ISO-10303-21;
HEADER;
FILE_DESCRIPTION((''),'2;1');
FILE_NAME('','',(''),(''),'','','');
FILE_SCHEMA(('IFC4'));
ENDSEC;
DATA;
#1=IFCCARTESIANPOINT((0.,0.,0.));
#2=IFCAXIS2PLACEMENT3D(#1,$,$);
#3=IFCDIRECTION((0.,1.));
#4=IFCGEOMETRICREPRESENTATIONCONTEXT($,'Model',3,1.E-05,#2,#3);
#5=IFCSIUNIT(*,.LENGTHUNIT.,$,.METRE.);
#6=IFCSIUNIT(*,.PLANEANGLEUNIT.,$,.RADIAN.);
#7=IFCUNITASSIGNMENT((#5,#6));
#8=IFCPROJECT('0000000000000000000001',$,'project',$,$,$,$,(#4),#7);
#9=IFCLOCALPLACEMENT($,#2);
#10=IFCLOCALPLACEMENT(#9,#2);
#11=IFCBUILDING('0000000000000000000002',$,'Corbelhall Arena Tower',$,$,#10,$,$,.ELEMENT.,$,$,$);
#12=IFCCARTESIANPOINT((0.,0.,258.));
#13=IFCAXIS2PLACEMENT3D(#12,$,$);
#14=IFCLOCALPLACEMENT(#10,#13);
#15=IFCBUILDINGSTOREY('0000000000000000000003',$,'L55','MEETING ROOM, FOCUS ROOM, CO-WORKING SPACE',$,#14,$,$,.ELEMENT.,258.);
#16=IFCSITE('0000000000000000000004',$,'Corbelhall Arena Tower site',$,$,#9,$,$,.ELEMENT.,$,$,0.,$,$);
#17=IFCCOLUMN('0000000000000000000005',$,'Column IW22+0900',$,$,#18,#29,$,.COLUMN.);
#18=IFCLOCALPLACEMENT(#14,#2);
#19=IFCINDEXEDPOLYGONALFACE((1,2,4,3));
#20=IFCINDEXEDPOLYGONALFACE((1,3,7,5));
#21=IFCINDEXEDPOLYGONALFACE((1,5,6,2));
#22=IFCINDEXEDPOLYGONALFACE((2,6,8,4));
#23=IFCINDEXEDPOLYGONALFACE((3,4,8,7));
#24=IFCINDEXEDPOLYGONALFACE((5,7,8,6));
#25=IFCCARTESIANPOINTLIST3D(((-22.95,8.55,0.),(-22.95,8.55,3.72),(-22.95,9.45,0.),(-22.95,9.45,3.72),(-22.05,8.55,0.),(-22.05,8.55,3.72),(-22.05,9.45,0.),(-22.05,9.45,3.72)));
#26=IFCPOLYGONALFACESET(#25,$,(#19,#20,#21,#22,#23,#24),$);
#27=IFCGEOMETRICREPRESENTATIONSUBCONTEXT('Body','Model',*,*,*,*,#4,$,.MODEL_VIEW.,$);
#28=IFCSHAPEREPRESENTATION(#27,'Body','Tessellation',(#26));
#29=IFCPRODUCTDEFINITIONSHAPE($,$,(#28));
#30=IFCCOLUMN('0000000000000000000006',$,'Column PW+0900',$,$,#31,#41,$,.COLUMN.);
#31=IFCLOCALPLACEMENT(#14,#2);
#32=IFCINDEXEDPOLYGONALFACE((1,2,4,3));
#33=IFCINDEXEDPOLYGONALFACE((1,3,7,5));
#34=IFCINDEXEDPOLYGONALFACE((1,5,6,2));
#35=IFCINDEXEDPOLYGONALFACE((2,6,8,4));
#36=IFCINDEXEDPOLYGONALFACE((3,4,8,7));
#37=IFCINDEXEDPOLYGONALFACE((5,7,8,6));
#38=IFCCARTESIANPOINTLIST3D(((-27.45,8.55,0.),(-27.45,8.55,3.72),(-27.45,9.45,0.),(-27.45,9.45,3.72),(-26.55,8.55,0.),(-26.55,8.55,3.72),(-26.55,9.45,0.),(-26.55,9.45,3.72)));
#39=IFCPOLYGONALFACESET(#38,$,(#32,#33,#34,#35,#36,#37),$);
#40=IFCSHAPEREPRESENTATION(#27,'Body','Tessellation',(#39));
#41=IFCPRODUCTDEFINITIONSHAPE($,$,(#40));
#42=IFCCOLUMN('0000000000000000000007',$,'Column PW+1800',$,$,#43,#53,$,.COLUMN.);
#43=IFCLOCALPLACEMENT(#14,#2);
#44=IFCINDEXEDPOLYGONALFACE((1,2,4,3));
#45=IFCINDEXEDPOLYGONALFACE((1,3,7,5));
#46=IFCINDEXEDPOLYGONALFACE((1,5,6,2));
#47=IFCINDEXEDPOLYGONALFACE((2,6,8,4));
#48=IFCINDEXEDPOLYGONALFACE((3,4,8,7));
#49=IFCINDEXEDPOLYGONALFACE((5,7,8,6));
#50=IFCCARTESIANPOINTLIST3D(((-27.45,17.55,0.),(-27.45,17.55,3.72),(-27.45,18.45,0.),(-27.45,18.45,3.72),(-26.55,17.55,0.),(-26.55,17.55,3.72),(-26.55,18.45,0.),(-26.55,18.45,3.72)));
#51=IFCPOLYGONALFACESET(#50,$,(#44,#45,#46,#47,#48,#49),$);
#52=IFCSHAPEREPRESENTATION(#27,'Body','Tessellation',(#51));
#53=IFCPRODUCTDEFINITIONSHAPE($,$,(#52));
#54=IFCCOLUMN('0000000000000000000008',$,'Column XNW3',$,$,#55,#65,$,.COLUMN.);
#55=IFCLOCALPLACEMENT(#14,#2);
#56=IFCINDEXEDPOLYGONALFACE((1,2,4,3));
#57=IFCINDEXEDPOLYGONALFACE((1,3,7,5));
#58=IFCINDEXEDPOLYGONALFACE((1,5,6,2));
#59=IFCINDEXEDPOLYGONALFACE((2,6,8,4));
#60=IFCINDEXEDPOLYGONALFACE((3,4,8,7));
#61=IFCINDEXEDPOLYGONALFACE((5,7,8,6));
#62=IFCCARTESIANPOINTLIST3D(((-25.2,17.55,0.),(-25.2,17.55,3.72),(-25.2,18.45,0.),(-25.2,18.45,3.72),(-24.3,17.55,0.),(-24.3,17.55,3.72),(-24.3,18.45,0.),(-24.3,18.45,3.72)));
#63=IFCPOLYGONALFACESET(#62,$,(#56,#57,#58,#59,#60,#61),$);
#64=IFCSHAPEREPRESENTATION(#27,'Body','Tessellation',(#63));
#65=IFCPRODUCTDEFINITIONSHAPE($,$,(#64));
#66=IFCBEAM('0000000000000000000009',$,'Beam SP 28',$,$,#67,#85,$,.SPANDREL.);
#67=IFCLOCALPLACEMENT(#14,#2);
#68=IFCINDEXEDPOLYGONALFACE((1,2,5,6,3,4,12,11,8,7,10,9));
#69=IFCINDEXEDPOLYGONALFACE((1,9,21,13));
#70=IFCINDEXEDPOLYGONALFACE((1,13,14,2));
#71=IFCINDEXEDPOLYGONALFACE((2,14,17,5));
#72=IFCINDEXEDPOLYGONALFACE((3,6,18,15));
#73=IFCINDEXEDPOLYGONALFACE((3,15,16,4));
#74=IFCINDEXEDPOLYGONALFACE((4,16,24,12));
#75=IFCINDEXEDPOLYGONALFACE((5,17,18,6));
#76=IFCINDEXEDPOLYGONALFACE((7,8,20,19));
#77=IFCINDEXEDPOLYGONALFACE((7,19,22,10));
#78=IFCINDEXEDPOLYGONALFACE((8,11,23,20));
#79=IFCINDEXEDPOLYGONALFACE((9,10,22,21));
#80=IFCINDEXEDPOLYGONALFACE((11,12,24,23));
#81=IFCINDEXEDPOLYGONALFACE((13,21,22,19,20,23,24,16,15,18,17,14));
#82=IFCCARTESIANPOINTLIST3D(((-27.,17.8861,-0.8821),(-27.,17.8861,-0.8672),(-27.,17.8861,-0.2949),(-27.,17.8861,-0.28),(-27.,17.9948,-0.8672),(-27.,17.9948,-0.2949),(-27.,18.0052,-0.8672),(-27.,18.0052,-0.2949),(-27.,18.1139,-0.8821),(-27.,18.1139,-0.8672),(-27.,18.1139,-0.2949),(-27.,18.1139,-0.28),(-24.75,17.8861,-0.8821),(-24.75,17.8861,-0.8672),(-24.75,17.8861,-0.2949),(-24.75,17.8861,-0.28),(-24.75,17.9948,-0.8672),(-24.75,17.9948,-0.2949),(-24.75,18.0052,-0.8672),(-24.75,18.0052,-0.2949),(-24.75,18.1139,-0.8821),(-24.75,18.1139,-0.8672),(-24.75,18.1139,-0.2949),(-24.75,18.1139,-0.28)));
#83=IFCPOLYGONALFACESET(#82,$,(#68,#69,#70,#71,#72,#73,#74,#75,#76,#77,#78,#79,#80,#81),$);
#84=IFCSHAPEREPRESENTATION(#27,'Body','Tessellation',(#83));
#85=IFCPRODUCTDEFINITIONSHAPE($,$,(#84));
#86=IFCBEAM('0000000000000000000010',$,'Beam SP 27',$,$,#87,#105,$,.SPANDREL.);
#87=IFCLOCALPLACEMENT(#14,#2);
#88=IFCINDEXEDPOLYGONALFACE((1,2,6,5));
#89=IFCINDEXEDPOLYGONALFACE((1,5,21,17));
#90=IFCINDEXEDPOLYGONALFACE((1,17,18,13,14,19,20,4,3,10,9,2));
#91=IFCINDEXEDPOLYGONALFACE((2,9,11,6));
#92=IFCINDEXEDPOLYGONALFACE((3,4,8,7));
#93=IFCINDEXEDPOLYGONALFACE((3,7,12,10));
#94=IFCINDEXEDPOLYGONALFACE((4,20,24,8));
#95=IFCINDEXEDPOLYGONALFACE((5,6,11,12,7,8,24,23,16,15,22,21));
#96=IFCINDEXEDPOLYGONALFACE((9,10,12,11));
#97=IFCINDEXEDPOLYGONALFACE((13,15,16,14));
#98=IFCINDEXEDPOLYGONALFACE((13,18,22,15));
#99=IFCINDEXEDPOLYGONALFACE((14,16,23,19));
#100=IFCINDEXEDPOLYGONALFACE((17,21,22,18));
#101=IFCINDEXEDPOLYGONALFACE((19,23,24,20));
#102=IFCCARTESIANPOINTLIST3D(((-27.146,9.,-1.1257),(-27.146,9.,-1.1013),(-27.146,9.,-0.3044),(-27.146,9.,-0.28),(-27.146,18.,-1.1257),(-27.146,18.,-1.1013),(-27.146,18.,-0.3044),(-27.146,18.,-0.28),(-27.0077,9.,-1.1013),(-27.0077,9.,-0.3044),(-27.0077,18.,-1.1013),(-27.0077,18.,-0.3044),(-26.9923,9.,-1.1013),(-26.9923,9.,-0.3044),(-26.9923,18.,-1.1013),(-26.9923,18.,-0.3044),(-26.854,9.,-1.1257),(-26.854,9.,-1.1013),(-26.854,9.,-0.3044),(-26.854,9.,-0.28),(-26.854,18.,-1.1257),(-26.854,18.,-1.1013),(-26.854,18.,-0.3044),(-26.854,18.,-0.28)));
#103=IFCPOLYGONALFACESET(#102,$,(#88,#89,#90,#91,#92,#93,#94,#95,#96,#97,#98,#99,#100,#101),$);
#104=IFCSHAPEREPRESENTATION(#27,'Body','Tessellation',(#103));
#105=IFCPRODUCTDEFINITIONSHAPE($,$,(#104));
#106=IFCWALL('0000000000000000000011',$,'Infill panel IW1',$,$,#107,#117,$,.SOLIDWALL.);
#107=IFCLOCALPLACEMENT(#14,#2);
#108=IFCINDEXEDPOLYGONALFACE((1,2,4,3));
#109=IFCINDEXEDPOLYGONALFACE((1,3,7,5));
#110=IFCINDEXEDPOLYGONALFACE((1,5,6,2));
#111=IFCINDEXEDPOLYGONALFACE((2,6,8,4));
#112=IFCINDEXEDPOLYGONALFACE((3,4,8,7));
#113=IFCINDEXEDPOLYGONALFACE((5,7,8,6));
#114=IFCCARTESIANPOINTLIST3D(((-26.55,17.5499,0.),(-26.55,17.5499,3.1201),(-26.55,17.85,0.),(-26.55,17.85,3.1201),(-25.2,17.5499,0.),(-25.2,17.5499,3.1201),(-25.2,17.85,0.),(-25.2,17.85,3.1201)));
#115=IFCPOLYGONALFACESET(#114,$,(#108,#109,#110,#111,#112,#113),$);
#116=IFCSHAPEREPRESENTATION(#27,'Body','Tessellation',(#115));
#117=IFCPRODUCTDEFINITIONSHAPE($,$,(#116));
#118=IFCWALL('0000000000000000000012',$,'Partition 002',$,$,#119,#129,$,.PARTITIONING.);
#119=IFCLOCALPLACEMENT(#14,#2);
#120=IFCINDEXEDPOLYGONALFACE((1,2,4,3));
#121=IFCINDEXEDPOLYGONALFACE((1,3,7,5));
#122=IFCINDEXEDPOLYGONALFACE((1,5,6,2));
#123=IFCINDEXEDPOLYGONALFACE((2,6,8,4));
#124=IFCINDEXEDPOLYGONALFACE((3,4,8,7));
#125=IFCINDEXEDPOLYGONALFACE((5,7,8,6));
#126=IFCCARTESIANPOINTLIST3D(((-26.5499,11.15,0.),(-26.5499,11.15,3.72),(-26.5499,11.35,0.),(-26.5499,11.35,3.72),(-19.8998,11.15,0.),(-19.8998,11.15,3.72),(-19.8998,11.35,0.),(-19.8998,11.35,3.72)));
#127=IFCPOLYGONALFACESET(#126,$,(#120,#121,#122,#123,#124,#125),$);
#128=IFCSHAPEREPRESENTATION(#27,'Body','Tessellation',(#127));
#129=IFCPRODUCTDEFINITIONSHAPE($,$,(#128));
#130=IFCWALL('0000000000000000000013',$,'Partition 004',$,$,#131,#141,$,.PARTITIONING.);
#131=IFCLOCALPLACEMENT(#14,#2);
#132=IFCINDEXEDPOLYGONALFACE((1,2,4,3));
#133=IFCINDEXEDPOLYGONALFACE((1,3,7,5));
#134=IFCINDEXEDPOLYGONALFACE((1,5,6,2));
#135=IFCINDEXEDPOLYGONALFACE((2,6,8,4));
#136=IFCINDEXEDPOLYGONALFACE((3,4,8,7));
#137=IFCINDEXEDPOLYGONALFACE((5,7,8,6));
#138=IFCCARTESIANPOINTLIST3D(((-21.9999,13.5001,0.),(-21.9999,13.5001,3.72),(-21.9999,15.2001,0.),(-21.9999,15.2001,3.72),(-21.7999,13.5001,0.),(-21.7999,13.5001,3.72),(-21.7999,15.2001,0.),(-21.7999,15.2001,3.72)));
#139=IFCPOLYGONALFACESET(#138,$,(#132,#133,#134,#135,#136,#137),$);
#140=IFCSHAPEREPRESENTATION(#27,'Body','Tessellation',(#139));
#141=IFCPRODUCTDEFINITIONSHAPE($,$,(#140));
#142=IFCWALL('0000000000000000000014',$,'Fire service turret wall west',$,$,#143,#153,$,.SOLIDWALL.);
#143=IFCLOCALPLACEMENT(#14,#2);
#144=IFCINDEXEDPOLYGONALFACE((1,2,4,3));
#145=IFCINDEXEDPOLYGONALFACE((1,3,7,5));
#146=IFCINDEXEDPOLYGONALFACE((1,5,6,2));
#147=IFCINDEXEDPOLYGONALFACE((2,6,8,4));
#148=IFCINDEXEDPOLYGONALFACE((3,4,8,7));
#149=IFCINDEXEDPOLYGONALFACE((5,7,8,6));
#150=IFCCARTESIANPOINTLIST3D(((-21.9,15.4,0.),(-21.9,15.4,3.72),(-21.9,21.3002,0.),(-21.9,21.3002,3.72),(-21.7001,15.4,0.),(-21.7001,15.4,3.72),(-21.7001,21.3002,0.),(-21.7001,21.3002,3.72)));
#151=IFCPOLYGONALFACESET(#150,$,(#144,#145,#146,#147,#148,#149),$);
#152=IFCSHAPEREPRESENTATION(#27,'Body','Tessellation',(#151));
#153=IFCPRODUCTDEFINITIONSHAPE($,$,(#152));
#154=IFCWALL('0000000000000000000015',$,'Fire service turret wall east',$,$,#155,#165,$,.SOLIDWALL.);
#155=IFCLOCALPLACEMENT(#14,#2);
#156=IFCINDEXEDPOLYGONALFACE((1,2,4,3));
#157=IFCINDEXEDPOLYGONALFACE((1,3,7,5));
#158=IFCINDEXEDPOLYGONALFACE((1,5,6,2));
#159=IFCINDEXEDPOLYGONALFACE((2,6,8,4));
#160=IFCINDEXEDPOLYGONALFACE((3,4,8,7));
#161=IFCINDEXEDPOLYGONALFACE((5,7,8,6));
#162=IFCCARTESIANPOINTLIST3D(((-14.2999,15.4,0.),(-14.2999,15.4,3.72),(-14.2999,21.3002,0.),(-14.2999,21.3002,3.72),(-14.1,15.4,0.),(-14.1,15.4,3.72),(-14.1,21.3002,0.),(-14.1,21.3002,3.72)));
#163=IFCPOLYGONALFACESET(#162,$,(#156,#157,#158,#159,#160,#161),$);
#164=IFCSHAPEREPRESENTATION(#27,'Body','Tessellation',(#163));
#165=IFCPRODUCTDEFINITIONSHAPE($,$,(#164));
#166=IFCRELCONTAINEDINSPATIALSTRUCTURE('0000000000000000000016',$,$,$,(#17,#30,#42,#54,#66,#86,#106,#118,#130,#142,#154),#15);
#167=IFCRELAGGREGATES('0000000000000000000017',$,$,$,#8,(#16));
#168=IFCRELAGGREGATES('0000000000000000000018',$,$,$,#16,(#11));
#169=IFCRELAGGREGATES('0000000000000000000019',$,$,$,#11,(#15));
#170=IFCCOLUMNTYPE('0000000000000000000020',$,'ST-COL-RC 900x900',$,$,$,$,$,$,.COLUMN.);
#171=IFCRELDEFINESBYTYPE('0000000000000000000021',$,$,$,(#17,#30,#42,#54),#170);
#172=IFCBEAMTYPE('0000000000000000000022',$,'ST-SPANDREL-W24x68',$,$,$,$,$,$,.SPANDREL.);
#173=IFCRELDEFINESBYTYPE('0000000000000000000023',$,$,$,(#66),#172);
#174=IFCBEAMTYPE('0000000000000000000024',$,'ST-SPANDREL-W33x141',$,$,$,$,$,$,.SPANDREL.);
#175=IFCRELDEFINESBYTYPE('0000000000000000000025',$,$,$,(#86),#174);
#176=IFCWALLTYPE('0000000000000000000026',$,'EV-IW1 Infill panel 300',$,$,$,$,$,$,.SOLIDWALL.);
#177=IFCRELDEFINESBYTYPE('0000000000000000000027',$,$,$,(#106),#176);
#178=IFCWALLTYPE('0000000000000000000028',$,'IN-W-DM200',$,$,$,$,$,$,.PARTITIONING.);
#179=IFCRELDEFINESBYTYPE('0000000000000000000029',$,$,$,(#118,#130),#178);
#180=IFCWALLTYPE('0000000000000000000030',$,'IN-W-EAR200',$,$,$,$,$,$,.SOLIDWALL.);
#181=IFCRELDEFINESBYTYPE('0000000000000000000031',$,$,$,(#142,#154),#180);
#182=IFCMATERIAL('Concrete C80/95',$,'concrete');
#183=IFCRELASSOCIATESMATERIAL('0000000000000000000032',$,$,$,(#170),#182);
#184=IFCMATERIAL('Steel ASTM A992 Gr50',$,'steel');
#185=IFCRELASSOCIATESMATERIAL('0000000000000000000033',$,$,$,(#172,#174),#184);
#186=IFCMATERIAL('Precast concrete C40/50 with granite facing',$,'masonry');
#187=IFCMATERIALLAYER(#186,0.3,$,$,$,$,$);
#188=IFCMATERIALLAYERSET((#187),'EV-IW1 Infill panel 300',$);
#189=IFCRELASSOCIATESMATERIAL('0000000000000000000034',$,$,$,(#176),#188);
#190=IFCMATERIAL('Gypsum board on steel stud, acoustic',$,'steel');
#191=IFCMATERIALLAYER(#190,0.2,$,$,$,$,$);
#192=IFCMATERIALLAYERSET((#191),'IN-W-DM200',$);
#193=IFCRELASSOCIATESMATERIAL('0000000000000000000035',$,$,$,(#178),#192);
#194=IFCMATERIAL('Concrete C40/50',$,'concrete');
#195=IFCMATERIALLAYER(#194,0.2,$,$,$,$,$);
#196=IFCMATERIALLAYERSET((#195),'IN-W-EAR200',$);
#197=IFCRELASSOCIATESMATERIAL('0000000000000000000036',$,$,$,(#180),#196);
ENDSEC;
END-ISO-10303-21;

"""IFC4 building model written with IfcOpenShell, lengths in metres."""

from ifc_helpers import new_model, si_unit, direction, frame, frame_2d, origin, origin_2d, place, context, subcontext, project, spatial, rectangle, i_section, extrude, material, layer, layer_set, material_profile, profile_set, type_object, element, save


model = new_model("IFC4")

# Units and contexts
model_context = context("Model", 3, precision=1e-05, world=origin(), true_north=direction((0.0, 1.0)))
body_context = subcontext(model_context, "Body", "Model", "MODEL_VIEW")
ifc_project = project(units=[si_unit("LENGTHUNIT", "METRE"), si_unit("PLANEANGLEUNIT", "RADIAN")], contexts=[model_context])

# Site, building, storey
site_placement = place(None, origin())
site = spatial("IfcSite", under=ifc_project, at=site_placement, Name="Corbelhall Arena Tower site", CompositionType="ELEMENT", RefElevation=0.0)
building_placement = place(site_placement, origin())
building = spatial("IfcBuilding", under=site, at=building_placement, Name="Corbelhall Arena Tower", CompositionType="ELEMENT")
storey_placement = place(building_placement, frame((0.0, 0.0, 258.0)))
storey = spatial("IfcBuildingStorey", under=building, at=storey_placement, Name="L55", Description="MEETING ROOM, FOCUS ROOM, CO-WORKING SPACE", CompositionType="ELEMENT", Elevation=258.0)

# Columns
ifc_material_1 = material(Name="Concrete C80/95", Category="concrete")
ifc_material_profile_1 = material_profile(ifc_material_1, rectangle(XDim=0.8999, YDim=0.8999, at=origin_2d()))
ifc_profile_set_1 = profile_set([ifc_material_profile_1], Name="Concrete C80/95")
column_type = type_object("IfcColumnType", Name="ST-COL-RC 900x900", PredefinedType="COLUMN", material=ifc_profile_set_1)
for number, where, z_axis, x_axis, name in (
    (1, (-22.5, 9.0, 0.0), (0.0, 0.0, 1.0), (1.0, 0.0, 0.0), "Column IW22+0900"),
    (2, (-27.0, 9.0, 0.0), (0.0, 0.0, 1.0), (0.0, 1.0, 0.0), "Column PW+0900"),
    (3, (-27.0, 18.0, 0.0), (0.0, 0.0, 1.0), (0.0, 1.0, 0.0), "Column PW+1800"),
    (4, (-24.75, 18.0, 0.0), (0.0, 0.0, 1.0), (1.0, 0.0, 0.0), "Column XNW3"),
):
    element("IfcColumn", number, at=place(storey_placement, frame(where, z_axis=z_axis, x_axis=x_axis)), inside=storey, type_object=column_type, Name=name, PredefinedType="COLUMN", context=body_context, shape_type="SweptSolid", body=[
        extrude(rectangle(XDim=0.8999, YDim=0.8999, at=origin_2d()), origin(), (0.0, 0.0, 1.0), 3.72),
    ])

# Beams
ifc_material_2 = material(Name="Steel ASTM A992 Gr50", Category="steel")
ifc_material_profile_2 = material_profile(ifc_material_2, i_section(OverallWidth=0.2278, OverallDepth=0.6021, WebThickness=0.0105, FlangeThickness=0.0149, at=origin_2d()))
ifc_profile_set_2 = profile_set([ifc_material_profile_2], Name="Steel ASTM A992 Gr50")
beam_type_1 = type_object("IfcBeamType", Name="ST-SPANDREL-W24x68", PredefinedType="SPANDREL", material=ifc_profile_set_2)
beam_1_placement = place(storey_placement, frame((-27.0, 18.0, -0.5811), z_axis=(1.0, 0.0, 0.0), x_axis=(0.0, 1.0, 0.0)))
element("IfcBeam", 5, at=beam_1_placement, inside=storey, type_object=beam_type_1, Name="Beam SP 28", PredefinedType="SPANDREL", context=body_context, shape_type="SweptSolid", body=[
    extrude(i_section(OverallWidth=0.2278, OverallDepth=0.6021, WebThickness=0.0105, FlangeThickness=0.0149, at=origin_2d()), origin(), (0.0, 0.0, 1.0), 2.25),
])
ifc_material_profile_3 = material_profile(ifc_material_2, i_section(OverallWidth=0.292, OverallDepth=0.8457, WebThickness=0.0154, FlangeThickness=0.0244, at=origin_2d()))
ifc_profile_set_3 = profile_set([ifc_material_profile_3], Name="Steel ASTM A992 Gr50")
beam_type_2 = type_object("IfcBeamType", Name="ST-SPANDREL-W33x141", PredefinedType="SPANDREL", material=ifc_profile_set_3)
beam_2_placement = place(storey_placement, frame((-27.0, 9.0, -0.7029), z_axis=(0.0, 1.0, 0.0), x_axis=(-1.0, 0.0, 0.0)))
element("IfcBeam", 6, at=beam_2_placement, inside=storey, type_object=beam_type_2, Name="Beam SP 27", PredefinedType="SPANDREL", context=body_context, shape_type="SweptSolid", body=[
    extrude(i_section(OverallWidth=0.292, OverallDepth=0.8457, WebThickness=0.0154, FlangeThickness=0.0244, at=origin_2d()), origin(), (0.0, 0.0, 1.0), 9.0),
])

# Wall
ifc_material_3 = material(Name="Precast concrete C40/50 with granite facing", Category="masonry")
ifc_layer_1 = layer(ifc_material_3, 0.3)
ifc_layer_set_1 = layer_set([ifc_layer_1], Name="EV-IW1 Infill panel 300")
wall_type_1 = type_object("IfcWallType", Name="EV-IW1 Infill panel 300", PredefinedType="SOLIDWALL", material=ifc_layer_set_1)
wall_1_placement = place(storey_placement, frame((-25.2, 17.7, 0.0), z_axis=(0.0, 0.0, 1.0), x_axis=(-1.0, 0.0, 0.0)))
element("IfcWall", 7, at=wall_1_placement, inside=storey, type_object=wall_type_1, Name="Infill panel IW1", PredefinedType="SOLIDWALL", context=body_context, shape_type="SweptSolid", body=[
    extrude(rectangle(XDim=1.3501, YDim=0.3, at=frame_2d((0.675, 0.0))), origin(), (0.0, 0.0, 1.0), 3.1201),
])

# Walls
ifc_material_4 = material(Name="Gypsum board on steel stud, acoustic", Category="steel")
ifc_layer_2 = layer(ifc_material_4, 0.2)
ifc_layer_set_2 = layer_set([ifc_layer_2], Name="IN-W-DM200")
wall_type_2 = type_object("IfcWallType", Name="IN-W-DM200", PredefinedType="PARTITIONING", material=ifc_layer_set_2)
wall_2_placement = place(storey_placement, frame((-26.55, 11.25, 0.0), z_axis=(0.0, 0.0, 1.0), x_axis=(1.0, 0.0, 0.0)))
element("IfcWall", 8, at=wall_2_placement, inside=storey, type_object=wall_type_2, Name="Partition 002", PredefinedType="PARTITIONING", context=body_context, shape_type="SweptSolid", body=[
    extrude(rectangle(XDim=6.6501, YDim=0.2, at=frame_2d((3.3252, 0.0))), origin(), (0.0, 0.0, 1.0), 3.72),
])
wall_3_placement = place(storey_placement, frame((-21.8999, 13.5, 0.0), z_axis=(0.0, 0.0, 1.0), x_axis=(0.0, 1.0, 0.0)))
element("IfcWall", 9, at=wall_3_placement, inside=storey, type_object=wall_type_2, Name="Partition 004", PredefinedType="PARTITIONING", context=body_context, shape_type="SweptSolid", body=[
    extrude(rectangle(XDim=1.7, YDim=0.2, at=frame_2d((0.8501, 0.0))), origin(), (0.0, 0.0, 1.0), 3.72),
])

# Shared definitions
ifc_material_5 = material(Name="Concrete C40/50", Category="concrete")
ifc_layer_3 = layer(ifc_material_5, 0.2)
ifc_layer_set_3 = layer_set([ifc_layer_3], Name="IN-W-EAR200")
wall_type_3 = type_object("IfcWallType", Name="IN-W-EAR200", PredefinedType="SOLIDWALL", material=ifc_layer_set_3)

# Walls
for number, where, z_axis, x_axis, name in (
    (10, (-21.8, 15.3999, 0.0), (0.0, 0.0, 1.0), (0.0, 1.0, 0.0), "Fire service turret wall west"),
    (11, (-14.2, 15.3999, 0.0), (0.0, 0.0, 1.0), (0.0, 1.0, 0.0), "Fire service turret wall east"),
):
    element("IfcWall", number, at=place(storey_placement, frame(where, z_axis=z_axis, x_axis=x_axis)), inside=storey, type_object=wall_type_3, Name=name, PredefinedType="SOLIDWALL", context=body_context, shape_type="SweptSolid", body=[
        extrude(rectangle(XDim=5.9001, YDim=0.2, at=frame_2d((2.9502, 0.0))), origin(), (0.0, 0.0, 1.0), 3.72),
    ])

save(model, "model.ifc")
